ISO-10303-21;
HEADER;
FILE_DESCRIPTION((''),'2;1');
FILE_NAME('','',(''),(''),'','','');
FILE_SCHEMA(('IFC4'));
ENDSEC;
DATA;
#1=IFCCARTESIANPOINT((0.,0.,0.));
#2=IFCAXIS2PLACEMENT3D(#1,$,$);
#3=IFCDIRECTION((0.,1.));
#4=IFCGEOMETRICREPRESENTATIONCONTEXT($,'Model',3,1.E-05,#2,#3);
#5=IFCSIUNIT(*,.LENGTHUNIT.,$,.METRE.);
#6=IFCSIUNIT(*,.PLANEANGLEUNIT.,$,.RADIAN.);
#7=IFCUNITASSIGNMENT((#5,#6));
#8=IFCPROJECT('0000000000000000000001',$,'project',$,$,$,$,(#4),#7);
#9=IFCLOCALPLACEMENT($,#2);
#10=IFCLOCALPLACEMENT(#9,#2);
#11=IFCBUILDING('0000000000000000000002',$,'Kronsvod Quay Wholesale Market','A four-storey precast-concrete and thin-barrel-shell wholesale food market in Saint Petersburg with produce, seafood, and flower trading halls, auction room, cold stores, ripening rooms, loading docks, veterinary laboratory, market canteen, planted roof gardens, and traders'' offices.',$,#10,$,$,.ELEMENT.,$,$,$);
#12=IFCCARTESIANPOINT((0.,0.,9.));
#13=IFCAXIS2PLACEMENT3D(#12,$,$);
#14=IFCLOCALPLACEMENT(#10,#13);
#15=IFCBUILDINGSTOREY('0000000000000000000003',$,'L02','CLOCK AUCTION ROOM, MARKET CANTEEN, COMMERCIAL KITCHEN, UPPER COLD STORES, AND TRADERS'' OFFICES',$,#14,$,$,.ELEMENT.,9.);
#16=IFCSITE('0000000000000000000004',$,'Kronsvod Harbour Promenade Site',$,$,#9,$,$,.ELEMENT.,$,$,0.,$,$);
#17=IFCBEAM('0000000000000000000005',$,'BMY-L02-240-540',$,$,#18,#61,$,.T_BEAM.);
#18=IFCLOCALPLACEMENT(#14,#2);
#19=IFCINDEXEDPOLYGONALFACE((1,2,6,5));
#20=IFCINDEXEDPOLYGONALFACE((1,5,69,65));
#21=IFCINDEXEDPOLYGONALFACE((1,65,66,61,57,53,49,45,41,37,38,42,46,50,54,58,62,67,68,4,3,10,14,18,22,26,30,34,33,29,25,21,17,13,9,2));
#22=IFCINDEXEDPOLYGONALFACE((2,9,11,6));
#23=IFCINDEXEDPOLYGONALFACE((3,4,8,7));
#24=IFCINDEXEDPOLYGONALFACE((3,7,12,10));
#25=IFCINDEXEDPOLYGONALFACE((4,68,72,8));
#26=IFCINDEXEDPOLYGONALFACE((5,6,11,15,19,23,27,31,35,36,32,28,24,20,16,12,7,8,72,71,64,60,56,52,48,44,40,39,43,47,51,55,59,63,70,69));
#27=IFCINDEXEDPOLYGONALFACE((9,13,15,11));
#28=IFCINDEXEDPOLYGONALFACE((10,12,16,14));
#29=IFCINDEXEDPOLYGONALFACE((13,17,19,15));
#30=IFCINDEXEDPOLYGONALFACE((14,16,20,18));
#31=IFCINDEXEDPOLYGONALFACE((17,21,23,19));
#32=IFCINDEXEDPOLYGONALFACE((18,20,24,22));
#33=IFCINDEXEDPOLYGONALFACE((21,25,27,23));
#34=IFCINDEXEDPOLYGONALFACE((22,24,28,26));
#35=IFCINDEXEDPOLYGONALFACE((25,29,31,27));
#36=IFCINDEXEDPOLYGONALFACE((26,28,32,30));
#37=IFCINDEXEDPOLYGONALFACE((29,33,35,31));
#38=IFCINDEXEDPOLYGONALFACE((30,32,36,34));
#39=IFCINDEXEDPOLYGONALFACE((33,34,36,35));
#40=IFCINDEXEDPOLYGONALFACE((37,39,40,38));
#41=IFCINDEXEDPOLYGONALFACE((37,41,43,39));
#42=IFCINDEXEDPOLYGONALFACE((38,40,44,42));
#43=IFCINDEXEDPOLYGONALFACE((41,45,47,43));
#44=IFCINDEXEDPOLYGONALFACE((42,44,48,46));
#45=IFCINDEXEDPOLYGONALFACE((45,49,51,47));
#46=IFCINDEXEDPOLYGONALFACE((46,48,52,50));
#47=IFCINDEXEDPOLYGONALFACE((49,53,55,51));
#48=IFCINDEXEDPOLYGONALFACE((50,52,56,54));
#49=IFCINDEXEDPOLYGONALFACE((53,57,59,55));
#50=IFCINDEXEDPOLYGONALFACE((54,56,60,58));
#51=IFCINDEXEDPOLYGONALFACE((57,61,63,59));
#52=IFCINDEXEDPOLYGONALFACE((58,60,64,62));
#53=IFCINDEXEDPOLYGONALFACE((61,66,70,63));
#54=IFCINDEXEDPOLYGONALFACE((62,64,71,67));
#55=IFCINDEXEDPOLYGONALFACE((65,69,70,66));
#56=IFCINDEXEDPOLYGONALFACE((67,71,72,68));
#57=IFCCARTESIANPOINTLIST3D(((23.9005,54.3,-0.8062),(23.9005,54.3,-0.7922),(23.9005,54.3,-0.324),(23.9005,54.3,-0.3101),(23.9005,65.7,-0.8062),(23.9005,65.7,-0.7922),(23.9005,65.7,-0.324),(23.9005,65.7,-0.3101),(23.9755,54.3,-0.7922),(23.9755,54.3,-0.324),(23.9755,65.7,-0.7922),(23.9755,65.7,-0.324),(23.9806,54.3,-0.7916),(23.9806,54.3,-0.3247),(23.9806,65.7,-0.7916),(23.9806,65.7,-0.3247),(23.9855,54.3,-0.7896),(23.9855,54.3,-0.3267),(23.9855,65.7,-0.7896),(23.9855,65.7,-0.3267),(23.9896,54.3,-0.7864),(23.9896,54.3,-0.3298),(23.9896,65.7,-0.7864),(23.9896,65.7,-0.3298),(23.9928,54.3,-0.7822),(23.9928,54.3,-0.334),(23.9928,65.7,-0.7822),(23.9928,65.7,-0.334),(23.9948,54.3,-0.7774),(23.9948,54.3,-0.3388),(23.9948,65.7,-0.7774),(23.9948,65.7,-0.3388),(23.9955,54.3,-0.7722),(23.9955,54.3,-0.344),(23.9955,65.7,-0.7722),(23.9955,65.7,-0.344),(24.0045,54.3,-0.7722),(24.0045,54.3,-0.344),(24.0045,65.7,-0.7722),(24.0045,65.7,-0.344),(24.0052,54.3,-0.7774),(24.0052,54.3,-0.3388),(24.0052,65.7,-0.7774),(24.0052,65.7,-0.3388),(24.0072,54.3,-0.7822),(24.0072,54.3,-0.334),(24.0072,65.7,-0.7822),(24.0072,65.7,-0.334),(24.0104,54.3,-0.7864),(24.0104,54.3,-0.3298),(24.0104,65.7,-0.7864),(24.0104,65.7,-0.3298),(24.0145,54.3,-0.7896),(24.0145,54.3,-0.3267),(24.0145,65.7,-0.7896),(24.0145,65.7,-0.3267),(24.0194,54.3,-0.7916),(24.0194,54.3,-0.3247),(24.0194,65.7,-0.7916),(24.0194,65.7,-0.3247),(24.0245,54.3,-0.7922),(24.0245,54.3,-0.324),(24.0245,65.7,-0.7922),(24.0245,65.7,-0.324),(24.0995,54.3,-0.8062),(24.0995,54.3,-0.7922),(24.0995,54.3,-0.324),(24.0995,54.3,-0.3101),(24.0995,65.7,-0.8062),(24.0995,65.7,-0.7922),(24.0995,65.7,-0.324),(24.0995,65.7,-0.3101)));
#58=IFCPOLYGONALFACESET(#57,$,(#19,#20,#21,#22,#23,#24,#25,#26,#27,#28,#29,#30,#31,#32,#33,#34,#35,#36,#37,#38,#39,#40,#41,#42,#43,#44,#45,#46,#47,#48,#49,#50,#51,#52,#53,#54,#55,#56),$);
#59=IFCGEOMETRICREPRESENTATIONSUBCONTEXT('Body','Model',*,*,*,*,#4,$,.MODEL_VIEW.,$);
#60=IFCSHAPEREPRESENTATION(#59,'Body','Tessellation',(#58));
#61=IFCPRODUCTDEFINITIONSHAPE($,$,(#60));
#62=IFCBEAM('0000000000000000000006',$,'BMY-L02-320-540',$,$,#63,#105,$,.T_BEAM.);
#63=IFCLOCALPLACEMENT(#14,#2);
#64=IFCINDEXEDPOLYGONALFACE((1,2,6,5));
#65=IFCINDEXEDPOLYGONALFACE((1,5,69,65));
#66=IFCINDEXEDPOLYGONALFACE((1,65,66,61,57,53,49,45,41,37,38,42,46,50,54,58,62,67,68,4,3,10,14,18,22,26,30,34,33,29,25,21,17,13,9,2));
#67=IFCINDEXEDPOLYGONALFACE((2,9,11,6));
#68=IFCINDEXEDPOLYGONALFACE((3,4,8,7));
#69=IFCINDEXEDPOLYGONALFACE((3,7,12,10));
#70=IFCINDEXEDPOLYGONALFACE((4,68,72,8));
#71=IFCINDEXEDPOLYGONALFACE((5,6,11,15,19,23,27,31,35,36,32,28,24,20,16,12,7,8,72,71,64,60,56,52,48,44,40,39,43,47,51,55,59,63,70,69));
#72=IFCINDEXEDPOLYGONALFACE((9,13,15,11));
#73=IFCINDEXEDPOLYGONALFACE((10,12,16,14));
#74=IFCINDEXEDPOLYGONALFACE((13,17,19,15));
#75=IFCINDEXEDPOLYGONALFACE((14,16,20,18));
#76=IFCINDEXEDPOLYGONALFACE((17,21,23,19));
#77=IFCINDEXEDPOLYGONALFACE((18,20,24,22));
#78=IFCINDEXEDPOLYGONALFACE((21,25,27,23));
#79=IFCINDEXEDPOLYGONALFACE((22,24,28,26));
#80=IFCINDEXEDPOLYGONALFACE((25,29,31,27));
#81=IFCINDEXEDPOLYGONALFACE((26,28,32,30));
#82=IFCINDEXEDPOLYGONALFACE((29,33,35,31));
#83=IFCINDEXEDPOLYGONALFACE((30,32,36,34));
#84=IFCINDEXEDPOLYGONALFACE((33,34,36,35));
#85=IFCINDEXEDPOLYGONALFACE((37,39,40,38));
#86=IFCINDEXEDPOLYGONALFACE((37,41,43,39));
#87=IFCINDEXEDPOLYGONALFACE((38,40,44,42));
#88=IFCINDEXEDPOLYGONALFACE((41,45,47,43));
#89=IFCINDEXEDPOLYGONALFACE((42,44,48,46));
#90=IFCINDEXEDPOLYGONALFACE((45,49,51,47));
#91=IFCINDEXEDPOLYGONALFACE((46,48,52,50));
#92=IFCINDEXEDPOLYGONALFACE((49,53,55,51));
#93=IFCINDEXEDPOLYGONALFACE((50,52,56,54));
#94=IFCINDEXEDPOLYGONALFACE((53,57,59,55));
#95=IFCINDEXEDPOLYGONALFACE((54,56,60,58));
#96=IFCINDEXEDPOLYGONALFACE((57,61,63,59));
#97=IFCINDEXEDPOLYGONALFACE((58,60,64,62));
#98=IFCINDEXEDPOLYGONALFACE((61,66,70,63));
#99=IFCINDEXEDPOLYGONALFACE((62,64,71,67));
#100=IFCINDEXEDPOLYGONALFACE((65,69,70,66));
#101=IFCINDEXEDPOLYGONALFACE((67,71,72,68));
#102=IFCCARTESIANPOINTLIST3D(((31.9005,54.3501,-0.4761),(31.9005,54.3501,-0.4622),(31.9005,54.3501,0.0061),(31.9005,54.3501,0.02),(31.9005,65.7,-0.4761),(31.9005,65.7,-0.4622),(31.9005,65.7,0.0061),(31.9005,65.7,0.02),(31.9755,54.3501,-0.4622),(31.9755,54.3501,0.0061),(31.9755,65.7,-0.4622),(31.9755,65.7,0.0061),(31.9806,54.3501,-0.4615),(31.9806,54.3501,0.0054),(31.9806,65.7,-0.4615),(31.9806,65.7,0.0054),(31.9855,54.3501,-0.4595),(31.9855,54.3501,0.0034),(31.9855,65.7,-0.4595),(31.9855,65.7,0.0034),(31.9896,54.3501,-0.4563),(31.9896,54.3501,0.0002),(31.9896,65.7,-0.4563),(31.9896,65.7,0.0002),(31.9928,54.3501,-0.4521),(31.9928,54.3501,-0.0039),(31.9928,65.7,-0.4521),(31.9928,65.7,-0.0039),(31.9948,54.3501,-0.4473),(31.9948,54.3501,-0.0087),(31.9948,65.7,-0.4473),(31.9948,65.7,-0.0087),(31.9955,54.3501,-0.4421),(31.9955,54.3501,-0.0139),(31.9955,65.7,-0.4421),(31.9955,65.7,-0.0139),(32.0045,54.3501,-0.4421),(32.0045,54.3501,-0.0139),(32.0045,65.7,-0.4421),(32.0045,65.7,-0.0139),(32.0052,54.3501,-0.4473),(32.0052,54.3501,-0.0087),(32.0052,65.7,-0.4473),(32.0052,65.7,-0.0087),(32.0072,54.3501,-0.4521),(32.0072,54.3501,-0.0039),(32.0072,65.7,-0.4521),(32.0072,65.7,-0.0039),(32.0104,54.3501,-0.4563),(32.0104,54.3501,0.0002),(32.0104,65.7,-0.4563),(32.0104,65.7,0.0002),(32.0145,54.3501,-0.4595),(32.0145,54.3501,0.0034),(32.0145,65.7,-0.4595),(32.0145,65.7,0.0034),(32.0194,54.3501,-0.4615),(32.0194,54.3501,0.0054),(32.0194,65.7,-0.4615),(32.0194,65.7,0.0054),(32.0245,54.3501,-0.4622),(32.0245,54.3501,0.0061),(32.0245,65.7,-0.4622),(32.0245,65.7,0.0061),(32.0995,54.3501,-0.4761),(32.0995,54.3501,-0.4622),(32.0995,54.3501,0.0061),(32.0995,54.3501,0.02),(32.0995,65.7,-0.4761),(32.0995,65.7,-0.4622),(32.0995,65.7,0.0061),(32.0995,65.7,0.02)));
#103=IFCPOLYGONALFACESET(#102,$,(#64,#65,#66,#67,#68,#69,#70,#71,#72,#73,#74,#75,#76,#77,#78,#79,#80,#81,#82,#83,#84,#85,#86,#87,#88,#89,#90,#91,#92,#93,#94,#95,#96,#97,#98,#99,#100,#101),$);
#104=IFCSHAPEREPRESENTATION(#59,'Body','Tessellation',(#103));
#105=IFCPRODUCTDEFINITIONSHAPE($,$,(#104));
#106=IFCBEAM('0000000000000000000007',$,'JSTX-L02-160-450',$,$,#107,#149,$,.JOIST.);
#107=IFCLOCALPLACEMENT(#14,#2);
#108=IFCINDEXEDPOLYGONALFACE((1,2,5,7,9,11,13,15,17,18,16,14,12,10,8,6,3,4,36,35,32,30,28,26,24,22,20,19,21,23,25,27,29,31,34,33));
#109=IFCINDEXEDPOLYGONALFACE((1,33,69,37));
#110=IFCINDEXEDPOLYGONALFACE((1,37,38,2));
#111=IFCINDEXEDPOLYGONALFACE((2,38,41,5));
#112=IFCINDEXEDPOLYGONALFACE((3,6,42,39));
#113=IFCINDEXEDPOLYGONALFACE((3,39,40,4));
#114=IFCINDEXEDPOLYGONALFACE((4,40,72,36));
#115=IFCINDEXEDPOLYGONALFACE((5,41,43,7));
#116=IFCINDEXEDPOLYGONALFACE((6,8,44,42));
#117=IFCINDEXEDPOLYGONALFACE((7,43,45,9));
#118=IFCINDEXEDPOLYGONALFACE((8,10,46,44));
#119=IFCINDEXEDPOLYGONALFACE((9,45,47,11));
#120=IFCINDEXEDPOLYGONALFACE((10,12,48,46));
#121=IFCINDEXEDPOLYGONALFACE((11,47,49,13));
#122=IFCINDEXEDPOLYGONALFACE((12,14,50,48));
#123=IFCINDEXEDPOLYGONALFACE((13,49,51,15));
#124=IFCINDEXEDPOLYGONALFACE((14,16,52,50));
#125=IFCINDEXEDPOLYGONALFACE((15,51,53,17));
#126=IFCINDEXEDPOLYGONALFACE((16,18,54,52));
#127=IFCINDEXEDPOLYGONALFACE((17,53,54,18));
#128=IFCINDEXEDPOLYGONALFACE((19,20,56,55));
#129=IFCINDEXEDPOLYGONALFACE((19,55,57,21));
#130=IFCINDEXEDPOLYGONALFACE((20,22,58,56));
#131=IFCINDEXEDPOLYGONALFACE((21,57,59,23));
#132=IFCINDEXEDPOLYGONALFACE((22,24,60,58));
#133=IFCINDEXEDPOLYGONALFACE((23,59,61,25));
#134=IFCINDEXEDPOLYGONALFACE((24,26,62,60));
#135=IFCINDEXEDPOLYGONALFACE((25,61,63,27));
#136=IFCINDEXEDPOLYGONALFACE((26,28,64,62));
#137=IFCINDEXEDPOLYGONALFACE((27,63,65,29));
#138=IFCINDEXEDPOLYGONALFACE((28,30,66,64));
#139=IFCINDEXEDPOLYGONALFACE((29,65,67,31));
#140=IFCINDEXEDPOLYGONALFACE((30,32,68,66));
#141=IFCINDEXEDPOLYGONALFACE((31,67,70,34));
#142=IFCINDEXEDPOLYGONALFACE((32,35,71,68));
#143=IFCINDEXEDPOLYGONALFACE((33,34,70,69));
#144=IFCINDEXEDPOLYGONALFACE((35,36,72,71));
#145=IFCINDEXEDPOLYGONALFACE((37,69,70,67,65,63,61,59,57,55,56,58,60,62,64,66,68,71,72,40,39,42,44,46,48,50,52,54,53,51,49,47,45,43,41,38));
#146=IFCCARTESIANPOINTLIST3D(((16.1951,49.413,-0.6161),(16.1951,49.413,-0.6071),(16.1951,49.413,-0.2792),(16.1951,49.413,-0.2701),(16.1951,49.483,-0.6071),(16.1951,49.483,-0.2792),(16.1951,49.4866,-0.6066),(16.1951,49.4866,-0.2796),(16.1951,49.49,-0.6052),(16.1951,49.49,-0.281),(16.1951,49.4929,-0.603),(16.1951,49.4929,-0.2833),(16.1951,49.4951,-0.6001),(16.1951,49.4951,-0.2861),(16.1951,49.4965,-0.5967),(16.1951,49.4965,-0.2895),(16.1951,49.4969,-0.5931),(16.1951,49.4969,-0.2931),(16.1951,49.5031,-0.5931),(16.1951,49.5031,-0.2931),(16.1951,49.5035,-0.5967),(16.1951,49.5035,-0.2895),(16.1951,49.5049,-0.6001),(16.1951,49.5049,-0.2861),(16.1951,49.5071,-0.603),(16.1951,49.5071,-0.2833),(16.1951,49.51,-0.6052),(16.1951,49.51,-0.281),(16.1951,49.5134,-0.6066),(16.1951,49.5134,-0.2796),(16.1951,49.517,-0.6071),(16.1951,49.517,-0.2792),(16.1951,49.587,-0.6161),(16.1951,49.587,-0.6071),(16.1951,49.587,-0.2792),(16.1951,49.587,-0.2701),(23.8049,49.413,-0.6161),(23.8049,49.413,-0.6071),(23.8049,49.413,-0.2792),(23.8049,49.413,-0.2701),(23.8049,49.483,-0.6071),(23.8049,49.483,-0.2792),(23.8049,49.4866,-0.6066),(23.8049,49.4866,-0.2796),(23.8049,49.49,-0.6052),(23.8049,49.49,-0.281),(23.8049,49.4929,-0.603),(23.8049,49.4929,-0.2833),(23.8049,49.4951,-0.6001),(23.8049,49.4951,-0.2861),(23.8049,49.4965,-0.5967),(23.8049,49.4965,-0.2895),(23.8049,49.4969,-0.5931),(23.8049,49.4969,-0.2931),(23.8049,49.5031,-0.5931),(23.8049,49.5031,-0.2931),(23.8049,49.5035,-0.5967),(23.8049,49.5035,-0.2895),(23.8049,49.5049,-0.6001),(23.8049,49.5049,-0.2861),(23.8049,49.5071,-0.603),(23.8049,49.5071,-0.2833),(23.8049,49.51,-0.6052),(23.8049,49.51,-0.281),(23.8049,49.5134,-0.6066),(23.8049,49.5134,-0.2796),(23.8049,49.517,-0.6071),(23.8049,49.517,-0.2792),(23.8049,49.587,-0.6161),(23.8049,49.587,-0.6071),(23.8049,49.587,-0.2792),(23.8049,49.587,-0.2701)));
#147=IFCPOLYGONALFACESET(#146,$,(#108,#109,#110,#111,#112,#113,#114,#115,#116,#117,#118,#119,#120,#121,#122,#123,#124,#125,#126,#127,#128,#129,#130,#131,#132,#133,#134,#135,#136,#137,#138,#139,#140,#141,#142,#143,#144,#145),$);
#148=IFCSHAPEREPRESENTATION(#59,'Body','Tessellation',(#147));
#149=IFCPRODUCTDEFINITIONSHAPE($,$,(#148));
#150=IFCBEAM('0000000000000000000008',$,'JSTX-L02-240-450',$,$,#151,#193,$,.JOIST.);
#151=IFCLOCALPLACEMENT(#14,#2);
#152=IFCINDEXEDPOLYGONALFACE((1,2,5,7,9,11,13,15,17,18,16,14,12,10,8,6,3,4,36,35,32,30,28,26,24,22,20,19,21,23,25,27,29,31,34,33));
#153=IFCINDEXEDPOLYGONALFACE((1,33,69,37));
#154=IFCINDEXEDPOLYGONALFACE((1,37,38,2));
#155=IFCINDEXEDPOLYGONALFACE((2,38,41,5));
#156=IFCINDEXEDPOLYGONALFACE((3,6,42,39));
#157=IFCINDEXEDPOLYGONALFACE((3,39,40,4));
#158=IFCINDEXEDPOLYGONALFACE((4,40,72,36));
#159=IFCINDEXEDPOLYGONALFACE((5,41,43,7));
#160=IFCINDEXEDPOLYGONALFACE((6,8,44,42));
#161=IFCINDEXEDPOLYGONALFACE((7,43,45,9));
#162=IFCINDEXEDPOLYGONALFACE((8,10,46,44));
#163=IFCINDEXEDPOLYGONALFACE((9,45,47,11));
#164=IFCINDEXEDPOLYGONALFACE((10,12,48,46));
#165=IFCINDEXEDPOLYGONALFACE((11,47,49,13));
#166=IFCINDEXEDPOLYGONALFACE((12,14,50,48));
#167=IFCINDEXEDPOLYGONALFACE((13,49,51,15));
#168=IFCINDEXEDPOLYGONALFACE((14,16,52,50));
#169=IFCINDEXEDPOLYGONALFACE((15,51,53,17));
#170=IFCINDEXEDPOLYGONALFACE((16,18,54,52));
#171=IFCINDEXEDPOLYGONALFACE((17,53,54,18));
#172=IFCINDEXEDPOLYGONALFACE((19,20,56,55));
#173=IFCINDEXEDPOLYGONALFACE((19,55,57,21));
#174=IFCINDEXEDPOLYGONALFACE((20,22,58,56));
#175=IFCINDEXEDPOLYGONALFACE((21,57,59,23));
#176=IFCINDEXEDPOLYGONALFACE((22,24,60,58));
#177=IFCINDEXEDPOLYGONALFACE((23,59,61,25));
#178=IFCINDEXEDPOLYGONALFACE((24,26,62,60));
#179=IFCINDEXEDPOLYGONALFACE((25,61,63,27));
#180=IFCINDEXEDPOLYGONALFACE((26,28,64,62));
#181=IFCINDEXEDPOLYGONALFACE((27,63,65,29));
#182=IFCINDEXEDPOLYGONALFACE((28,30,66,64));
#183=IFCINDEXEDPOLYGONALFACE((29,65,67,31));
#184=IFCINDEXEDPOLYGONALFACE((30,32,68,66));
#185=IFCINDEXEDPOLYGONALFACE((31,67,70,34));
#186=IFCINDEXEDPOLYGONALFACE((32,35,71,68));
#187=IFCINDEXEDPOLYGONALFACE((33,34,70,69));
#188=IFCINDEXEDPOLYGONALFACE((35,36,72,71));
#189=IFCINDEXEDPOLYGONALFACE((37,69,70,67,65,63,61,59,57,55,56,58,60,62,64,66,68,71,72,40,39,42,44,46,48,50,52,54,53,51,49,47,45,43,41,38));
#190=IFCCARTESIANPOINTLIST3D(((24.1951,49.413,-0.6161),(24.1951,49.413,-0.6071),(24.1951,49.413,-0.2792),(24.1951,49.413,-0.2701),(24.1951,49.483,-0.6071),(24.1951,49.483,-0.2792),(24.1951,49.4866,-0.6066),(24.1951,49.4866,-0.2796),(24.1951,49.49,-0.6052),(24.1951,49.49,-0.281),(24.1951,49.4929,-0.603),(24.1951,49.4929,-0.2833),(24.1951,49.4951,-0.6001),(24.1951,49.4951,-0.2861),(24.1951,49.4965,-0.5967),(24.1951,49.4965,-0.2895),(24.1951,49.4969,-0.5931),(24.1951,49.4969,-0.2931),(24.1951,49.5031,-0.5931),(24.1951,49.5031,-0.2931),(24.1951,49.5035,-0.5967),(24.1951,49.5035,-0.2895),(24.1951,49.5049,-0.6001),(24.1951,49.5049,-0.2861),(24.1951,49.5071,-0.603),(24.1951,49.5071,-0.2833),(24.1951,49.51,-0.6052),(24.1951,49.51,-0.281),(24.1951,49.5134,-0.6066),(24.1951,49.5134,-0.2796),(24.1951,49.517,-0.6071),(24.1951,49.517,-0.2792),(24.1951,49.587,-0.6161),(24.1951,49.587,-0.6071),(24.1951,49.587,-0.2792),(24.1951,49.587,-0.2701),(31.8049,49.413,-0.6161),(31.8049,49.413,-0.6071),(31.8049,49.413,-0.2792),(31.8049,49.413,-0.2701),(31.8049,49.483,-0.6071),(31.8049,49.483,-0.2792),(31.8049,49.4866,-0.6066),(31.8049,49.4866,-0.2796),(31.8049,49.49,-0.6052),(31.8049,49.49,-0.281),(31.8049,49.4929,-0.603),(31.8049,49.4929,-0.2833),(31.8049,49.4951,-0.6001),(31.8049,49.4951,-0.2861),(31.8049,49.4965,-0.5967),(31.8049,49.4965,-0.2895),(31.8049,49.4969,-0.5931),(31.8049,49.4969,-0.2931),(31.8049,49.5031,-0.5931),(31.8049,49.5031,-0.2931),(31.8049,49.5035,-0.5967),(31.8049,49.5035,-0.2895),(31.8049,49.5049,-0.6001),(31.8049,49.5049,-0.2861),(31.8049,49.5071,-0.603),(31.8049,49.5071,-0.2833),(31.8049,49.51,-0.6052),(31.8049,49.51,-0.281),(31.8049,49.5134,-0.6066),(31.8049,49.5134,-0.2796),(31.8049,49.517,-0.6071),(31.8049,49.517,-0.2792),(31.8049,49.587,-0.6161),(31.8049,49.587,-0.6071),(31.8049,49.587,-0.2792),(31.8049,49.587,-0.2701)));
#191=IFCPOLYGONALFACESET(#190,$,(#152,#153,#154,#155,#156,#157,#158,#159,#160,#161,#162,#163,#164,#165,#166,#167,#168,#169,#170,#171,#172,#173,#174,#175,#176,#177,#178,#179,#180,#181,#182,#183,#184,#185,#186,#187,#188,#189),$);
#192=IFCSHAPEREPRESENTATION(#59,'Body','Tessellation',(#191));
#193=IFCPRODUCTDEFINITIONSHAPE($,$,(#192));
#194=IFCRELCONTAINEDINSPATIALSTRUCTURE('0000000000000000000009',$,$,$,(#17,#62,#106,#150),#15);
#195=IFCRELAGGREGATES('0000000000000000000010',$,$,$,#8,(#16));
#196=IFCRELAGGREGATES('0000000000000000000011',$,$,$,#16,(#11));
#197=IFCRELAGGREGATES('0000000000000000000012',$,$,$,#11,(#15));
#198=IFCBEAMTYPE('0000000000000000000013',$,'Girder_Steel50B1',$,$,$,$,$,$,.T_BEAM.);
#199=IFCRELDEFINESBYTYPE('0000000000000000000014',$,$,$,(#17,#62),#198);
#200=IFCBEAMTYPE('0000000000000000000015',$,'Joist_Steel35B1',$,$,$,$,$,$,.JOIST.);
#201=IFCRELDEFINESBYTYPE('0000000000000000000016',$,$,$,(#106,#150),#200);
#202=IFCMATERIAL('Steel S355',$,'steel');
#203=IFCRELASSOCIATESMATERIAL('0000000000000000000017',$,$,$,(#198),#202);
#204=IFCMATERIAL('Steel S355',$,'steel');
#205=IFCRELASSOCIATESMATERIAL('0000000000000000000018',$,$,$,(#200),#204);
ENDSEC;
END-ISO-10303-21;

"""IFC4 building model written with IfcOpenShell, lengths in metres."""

from ifc_helpers import new_model, si_unit, direction, frame, origin, origin_2d, place, context, subcontext, project, spatial, i_section, extrude, material, material_profile, profile_set, type_object, element, save


model = new_model("IFC4")

# Units and contexts
model_context = context("Model", 3, precision=1e-05, world=origin(), true_north=direction((0.0, 1.0)))
body_context = subcontext(model_context, "Body", "Model", "MODEL_VIEW")
ifc_project = project(units=[si_unit("LENGTHUNIT", "METRE"), si_unit("PLANEANGLEUNIT", "RADIAN")], contexts=[model_context])

# Site, building, storey
site_placement = place(None, origin())
site = spatial("IfcSite", under=ifc_project, at=site_placement, Name="Kronsvod Harbour Promenade Site", CompositionType="ELEMENT", RefElevation=0.0)
building_placement = place(site_placement, origin())
building = spatial("IfcBuilding", under=site, at=building_placement, Name="Kronsvod Quay Wholesale Market", Description="A four-storey precast-concrete and thin-barrel-shell wholesale food market in Saint Petersburg with produce, seafood, and flower trading halls, auction room, cold stores, ripening rooms, loading docks, veterinary laboratory, market canteen, planted roof gardens, and traders' offices.", CompositionType="ELEMENT")
storey_placement = place(building_placement, frame((0.0, 0.0, 9.0)))
storey = spatial("IfcBuildingStorey", under=building, at=storey_placement, Name="L02", Description="CLOCK AUCTION ROOM, MARKET CANTEEN, COMMERCIAL KITCHEN, UPPER COLD STORES, AND TRADERS' OFFICES", CompositionType="ELEMENT", Elevation=9.0)

# Beams
ifc_material_1 = material(Name="Steel S355", Category="steel")
ifc_material_profile_1 = material_profile(ifc_material_1, i_section(OverallWidth=0.199, OverallDepth=0.4961, WebThickness=0.009, FlangeThickness=0.0139, FilletRadius=0.02, at=origin_2d()), Name="50B1")
ifc_profile_set_1 = profile_set([ifc_material_profile_1], Name="Steel S355")
beam_type_1 = type_object("IfcBeamType", Name="Girder_Steel50B1", PredefinedType="T_BEAM", material=ifc_profile_set_1)
for number, where, z_axis, x_axis, name in (
    (1, (24.0, 54.3, -0.5581), (0.0, 1.0, 0.0), (-1.0, 0.0, 0.0), "BMY-L02-240-540"),
):
    element("IfcBeam", number, at=place(storey_placement, frame(where, z_axis=z_axis, x_axis=x_axis)), inside=storey, type_object=beam_type_1, Name=name, PredefinedType="T_BEAM", context=body_context, shape_type="SweptSolid", body=[
        extrude(i_section(OverallWidth=0.199, OverallDepth=0.4961, WebThickness=0.009, FlangeThickness=0.0139, FilletRadius=0.02, at=origin_2d()), origin(), (0.0, 0.0, 1.0), 11.3999),
    ])
beam_1_placement = place(storey_placement, frame((32.0, 54.3501, -0.228), z_axis=(0.0, 1.0, 0.0), x_axis=(-1.0, 0.0, 0.0)))
element("IfcBeam", 2, at=beam_1_placement, inside=storey, type_object=beam_type_1, Name="BMY-L02-320-540", PredefinedType="T_BEAM", context=body_context, shape_type="SweptSolid", body=[
    extrude(i_section(OverallWidth=0.199, OverallDepth=0.4961, WebThickness=0.009, FlangeThickness=0.0139, FilletRadius=0.02, at=origin_2d()), origin(), (0.0, 0.0, 1.0), 11.3499),
])
ifc_material_2 = material(Name="Steel S355", Category="steel")
ifc_material_profile_2 = material_profile(ifc_material_2, i_section(OverallWidth=0.1741, OverallDepth=0.3459, WebThickness=0.0061, FlangeThickness=0.009, FilletRadius=0.0139, at=origin_2d()), Name="35B1")
ifc_profile_set_2 = profile_set([ifc_material_profile_2], Name="Steel S355")
beam_type_2 = type_object("IfcBeamType", Name="Joist_Steel35B1", PredefinedType="JOIST", material=ifc_profile_set_2)
for number, where, z_axis, x_axis, name in (
    (3, (16.1951, 49.5, -0.4431), (1.0, 0.0, 0.0), (0.0, 1.0, 0.0), "JSTX-L02-160-450"),
    (4, (24.1951, 49.5, -0.4431), (1.0, 0.0, 0.0), (0.0, 1.0, 0.0), "JSTX-L02-240-450"),
):
    element("IfcBeam", number, at=place(storey_placement, frame(where, z_axis=z_axis, x_axis=x_axis)), inside=storey, type_object=beam_type_2, Name=name, PredefinedType="JOIST", context=body_context, shape_type="SweptSolid", body=[
        extrude(i_section(OverallWidth=0.1741, OverallDepth=0.3459, WebThickness=0.0061, FlangeThickness=0.009, FilletRadius=0.0139, at=origin_2d()), origin(), (0.0, 0.0, 1.0), 7.6099),
    ])

save(model, "model.ifc")
